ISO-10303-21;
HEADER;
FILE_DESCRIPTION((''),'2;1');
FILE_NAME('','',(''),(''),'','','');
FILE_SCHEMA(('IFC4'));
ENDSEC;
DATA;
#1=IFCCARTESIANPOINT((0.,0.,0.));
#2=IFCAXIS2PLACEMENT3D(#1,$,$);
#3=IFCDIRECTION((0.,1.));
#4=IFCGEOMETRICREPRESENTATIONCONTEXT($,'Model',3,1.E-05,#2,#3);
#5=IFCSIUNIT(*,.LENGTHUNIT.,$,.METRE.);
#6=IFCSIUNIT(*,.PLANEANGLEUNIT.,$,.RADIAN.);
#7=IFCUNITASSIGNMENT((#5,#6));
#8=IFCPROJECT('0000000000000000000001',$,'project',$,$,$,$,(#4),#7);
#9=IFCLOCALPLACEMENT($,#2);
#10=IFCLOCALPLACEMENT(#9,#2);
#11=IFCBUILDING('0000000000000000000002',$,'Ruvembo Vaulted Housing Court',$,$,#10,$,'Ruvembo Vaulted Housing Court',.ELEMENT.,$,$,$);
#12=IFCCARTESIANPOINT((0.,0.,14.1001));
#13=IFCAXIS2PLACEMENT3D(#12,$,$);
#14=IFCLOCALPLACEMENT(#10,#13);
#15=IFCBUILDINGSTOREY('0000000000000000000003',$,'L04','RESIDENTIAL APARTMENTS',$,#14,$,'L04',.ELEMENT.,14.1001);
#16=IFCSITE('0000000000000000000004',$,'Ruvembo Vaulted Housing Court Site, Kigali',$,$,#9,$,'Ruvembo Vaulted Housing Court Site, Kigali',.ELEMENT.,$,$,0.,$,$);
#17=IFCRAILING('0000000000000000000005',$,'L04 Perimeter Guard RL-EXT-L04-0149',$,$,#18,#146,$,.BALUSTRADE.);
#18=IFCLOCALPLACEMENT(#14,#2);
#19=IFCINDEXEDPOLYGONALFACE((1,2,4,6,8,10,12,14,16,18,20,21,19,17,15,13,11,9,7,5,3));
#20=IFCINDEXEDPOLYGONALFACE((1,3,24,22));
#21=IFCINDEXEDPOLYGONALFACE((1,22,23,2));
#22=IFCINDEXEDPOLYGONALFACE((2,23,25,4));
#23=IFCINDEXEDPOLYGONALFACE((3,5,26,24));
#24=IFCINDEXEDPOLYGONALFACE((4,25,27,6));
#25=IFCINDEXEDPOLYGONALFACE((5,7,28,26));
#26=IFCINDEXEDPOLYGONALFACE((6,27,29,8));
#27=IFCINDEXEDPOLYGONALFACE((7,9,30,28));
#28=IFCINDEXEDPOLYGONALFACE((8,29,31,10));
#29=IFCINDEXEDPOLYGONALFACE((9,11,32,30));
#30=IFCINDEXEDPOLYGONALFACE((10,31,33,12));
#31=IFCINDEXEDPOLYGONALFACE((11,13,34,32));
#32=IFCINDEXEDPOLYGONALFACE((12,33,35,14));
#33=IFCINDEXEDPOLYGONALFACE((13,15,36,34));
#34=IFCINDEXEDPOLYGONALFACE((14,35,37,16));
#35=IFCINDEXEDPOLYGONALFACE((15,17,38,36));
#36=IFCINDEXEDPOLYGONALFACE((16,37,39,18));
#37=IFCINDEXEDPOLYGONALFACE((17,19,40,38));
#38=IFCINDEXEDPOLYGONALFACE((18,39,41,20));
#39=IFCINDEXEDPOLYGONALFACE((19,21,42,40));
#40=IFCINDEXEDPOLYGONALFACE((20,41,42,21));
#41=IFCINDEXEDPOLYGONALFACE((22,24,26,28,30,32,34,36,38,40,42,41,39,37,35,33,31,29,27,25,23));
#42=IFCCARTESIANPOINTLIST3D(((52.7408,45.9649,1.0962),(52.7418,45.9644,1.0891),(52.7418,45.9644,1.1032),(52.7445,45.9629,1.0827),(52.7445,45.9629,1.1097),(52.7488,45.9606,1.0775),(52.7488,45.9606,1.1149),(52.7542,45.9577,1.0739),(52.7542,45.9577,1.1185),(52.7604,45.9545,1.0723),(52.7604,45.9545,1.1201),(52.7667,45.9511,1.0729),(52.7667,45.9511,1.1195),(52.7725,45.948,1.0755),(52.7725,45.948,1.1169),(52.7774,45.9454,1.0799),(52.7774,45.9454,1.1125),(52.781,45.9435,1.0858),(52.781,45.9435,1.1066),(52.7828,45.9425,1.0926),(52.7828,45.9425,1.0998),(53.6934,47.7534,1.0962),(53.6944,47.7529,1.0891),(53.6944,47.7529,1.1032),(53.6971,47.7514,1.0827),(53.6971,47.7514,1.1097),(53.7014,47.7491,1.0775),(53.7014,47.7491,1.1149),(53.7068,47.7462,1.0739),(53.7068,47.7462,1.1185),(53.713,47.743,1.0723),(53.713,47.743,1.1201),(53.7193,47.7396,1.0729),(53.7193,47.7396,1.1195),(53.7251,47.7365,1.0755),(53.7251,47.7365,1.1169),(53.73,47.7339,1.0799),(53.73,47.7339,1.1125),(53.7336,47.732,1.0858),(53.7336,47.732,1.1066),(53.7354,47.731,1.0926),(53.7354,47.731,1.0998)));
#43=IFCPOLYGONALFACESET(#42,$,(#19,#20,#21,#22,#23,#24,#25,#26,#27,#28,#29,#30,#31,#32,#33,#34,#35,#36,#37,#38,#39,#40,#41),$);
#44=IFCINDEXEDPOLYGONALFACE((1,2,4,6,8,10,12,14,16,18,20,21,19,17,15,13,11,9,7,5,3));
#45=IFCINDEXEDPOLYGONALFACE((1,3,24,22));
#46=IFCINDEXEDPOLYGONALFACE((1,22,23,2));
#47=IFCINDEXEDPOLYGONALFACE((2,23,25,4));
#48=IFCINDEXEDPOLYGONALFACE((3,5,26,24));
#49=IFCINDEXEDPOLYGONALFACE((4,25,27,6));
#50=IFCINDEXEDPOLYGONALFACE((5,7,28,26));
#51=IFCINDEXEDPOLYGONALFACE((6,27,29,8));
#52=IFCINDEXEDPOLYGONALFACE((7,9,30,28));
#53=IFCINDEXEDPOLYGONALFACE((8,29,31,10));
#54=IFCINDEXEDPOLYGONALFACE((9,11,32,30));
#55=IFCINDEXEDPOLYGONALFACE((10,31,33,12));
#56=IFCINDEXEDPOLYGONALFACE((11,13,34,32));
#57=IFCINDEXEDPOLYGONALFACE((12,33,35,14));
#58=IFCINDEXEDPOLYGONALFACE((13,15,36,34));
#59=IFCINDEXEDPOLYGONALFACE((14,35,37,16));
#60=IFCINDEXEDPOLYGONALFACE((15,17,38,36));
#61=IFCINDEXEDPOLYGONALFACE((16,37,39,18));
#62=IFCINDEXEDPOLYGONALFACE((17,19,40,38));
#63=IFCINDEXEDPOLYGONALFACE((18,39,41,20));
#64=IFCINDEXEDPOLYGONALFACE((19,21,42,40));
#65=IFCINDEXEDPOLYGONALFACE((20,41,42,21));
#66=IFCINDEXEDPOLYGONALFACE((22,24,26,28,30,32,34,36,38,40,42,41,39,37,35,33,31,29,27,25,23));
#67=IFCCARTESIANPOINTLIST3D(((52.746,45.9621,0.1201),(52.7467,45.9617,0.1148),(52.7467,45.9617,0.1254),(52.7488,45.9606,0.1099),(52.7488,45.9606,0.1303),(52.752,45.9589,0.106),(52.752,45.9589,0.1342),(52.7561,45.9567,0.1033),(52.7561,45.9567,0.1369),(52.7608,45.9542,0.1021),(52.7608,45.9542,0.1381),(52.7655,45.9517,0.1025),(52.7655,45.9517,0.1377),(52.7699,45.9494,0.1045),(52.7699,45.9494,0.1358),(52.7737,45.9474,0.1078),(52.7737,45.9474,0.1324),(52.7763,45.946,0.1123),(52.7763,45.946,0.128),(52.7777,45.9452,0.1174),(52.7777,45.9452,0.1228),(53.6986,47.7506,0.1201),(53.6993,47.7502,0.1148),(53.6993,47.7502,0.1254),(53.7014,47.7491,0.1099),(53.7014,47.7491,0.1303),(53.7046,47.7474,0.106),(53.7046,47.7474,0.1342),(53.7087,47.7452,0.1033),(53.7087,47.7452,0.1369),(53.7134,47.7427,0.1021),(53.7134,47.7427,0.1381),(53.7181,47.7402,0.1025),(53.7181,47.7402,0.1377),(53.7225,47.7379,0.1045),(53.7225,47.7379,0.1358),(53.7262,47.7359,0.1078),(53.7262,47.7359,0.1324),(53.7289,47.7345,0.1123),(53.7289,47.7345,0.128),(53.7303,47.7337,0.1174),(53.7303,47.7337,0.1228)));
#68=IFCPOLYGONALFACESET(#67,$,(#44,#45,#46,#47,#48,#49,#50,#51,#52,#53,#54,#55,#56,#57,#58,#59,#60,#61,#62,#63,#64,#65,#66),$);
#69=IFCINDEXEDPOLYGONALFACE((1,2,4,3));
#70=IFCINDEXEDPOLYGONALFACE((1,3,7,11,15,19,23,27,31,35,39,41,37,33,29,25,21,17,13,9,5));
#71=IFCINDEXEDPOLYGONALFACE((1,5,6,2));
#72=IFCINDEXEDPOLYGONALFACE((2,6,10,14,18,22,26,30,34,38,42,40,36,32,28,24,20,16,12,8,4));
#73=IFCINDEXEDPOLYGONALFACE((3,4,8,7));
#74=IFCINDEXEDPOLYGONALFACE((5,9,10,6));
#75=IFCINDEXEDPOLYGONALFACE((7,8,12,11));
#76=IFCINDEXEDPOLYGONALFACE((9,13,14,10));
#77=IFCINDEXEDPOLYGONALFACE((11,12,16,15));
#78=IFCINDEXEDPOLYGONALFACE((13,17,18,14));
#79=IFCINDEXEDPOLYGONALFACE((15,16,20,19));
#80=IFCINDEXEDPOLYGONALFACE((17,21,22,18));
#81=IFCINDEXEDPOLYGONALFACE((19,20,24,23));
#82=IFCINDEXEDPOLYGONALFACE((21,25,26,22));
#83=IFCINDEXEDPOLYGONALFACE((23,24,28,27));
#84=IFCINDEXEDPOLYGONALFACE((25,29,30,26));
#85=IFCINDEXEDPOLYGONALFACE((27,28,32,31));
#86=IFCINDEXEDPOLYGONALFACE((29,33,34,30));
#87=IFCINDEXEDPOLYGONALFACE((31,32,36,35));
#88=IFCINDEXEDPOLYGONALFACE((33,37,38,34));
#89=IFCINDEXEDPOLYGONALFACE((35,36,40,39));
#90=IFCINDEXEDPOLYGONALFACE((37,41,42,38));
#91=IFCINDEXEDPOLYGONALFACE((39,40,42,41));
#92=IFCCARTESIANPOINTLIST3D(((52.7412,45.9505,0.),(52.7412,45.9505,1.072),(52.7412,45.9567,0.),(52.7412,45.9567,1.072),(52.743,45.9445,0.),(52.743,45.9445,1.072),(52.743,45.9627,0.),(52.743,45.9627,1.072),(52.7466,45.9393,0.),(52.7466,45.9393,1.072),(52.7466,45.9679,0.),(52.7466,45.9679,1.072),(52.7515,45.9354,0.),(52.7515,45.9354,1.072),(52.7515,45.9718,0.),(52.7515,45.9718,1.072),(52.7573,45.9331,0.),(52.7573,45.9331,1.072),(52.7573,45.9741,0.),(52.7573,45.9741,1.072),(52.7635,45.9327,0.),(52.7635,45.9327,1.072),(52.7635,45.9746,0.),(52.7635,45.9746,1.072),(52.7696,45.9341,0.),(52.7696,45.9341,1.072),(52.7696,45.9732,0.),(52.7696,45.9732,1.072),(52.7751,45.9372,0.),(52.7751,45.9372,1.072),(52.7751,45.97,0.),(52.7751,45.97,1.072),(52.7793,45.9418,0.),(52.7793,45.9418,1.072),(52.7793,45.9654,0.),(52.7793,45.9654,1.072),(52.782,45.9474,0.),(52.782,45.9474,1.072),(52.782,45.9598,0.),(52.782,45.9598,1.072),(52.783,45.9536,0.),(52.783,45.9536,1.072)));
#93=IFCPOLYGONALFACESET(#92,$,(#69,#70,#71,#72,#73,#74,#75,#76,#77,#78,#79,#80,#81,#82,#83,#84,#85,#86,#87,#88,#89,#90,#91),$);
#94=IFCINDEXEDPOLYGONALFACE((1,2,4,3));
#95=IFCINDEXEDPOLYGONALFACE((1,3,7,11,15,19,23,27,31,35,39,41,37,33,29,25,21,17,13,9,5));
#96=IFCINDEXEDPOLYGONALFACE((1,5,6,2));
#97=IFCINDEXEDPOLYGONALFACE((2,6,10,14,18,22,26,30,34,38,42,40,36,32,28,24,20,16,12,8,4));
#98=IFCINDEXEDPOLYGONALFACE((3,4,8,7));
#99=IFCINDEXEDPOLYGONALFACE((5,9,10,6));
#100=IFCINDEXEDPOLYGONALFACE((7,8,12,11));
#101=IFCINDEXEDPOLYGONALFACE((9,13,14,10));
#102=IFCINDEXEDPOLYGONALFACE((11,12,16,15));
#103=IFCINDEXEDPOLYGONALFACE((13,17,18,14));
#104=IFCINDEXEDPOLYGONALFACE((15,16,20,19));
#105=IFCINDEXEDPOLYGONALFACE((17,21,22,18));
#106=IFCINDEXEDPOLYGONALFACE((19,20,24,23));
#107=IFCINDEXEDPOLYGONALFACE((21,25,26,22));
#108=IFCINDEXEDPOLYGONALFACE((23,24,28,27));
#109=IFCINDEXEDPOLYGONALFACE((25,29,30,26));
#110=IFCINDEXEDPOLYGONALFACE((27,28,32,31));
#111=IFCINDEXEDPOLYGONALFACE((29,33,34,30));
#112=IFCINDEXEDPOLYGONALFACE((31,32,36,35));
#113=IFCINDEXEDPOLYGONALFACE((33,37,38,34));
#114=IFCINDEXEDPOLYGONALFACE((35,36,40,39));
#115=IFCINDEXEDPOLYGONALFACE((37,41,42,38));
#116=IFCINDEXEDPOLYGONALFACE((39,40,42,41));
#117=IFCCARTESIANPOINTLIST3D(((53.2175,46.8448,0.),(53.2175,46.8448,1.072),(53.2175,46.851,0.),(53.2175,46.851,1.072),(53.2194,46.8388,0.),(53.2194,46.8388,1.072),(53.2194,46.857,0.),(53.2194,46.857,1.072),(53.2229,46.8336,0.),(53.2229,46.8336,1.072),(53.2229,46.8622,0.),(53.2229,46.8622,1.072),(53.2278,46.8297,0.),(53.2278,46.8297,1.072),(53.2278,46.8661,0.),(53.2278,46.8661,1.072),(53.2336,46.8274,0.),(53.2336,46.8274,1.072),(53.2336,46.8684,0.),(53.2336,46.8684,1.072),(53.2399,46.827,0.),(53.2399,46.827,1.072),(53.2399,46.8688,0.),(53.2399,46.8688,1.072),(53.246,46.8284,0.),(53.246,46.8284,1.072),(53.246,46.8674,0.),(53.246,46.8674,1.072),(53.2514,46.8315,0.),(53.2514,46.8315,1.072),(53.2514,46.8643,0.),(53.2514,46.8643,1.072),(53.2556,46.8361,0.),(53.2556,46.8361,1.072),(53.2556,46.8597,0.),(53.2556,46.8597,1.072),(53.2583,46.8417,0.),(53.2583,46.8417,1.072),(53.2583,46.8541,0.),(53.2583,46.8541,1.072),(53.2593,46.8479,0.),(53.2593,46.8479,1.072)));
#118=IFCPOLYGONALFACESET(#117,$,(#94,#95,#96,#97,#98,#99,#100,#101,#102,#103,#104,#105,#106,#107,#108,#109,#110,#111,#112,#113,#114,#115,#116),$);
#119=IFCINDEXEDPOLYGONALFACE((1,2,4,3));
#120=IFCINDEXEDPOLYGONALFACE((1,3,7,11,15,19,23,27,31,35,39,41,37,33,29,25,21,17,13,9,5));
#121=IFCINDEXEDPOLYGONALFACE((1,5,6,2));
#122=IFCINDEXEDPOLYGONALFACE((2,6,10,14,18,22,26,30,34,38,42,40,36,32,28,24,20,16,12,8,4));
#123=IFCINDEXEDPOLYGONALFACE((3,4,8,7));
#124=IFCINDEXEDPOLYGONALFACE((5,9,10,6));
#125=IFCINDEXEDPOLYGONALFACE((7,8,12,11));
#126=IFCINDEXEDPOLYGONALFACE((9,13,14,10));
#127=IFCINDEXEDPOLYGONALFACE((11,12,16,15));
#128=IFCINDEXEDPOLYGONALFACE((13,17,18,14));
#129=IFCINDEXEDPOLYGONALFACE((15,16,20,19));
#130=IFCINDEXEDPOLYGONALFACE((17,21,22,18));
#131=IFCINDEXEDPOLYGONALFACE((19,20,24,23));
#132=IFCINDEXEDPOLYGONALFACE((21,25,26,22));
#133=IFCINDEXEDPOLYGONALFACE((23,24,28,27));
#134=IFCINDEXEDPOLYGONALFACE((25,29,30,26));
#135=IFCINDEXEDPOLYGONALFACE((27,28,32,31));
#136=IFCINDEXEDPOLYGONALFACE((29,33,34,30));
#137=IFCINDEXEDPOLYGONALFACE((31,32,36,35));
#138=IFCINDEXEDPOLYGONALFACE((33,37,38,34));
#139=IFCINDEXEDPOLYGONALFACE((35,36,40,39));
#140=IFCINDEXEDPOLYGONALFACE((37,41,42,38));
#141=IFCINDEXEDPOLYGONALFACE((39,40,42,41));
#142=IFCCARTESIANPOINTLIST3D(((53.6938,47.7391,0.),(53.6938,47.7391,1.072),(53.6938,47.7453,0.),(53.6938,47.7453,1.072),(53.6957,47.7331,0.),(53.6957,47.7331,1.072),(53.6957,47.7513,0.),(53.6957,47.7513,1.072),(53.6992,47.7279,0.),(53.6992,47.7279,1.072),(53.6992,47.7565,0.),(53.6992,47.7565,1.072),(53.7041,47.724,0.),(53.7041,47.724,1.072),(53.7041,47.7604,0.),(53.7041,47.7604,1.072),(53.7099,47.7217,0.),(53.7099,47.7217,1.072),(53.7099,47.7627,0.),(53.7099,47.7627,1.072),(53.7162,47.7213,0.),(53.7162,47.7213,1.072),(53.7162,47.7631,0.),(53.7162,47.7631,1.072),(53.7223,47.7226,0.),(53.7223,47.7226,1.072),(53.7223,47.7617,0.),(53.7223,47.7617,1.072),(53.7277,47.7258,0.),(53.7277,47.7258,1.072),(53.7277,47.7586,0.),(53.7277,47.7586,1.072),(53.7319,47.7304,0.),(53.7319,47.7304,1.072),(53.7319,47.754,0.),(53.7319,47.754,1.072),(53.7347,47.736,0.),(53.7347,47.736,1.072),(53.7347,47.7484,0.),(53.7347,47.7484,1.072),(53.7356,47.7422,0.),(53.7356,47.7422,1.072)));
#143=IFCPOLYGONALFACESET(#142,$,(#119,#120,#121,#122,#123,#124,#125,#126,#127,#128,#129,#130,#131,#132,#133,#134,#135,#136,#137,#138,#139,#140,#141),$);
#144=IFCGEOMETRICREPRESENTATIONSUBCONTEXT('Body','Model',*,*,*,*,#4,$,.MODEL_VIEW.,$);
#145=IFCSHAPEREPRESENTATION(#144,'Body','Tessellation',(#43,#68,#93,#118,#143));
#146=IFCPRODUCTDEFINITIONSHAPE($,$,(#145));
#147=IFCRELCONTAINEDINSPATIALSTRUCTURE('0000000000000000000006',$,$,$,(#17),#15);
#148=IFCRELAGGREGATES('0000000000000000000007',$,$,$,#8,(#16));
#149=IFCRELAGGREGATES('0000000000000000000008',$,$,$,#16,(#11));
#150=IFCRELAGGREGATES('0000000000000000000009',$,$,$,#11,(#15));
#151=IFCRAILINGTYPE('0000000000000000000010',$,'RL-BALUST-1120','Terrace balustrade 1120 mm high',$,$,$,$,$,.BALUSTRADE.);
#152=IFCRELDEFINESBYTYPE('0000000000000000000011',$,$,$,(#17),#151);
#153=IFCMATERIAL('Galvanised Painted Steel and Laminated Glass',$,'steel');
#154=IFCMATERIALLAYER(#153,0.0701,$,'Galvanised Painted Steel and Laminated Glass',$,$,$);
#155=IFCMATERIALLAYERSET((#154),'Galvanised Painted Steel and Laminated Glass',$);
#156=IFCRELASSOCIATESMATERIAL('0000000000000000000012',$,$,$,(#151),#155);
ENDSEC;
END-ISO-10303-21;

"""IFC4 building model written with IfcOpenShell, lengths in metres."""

from ifc_helpers import new_model, si_unit, direction, frame, origin, origin_2d, place, context, subcontext, project, spatial, circle, extrude, material, layer, layer_set, type_object, element, save


model = new_model("IFC4")

# Units and contexts
model_context = context("Model", 3, precision=1e-05, world=origin(), true_north=direction((0.0, 1.0)))
body_context = subcontext(model_context, "Body", "Model", "MODEL_VIEW")
ifc_project = project(units=[si_unit("LENGTHUNIT", "METRE"), si_unit("PLANEANGLEUNIT", "RADIAN")], contexts=[model_context])

# Site, building, storey
site_placement = place(None, origin())
site = spatial("IfcSite", under=ifc_project, at=site_placement, Name="Ruvembo Vaulted Housing Court Site, Kigali", LongName="Ruvembo Vaulted Housing Court Site, Kigali", CompositionType="ELEMENT", RefElevation=0.0)
building_placement = place(site_placement, origin())
building = spatial("IfcBuilding", under=site, at=building_placement, Name="Ruvembo Vaulted Housing Court", LongName="Ruvembo Vaulted Housing Court", CompositionType="ELEMENT")
storey_placement = place(building_placement, frame((0.0, 0.0, 14.1001)))
storey = spatial("IfcBuildingStorey", under=building, at=storey_placement, Name="L04", Description="RESIDENTIAL APARTMENTS", LongName="L04", CompositionType="ELEMENT", Elevation=14.1001)

# Railing
ifc_material_1 = material(Name="Galvanised Painted Steel and Laminated Glass", Category="steel")
ifc_layer_1 = layer(ifc_material_1, 0.0701, Name="Galvanised Painted Steel and Laminated Glass")
ifc_layer_set_1 = layer_set([ifc_layer_1], Name="Galvanised Painted Steel and Laminated Glass")
railing_type = type_object("IfcRailingType", Name="RL-BALUST-1120", Description="Terrace balustrade 1120 mm high", PredefinedType="BALUSTRADE", material=ifc_layer_set_1)
railing_1_placement = place(storey_placement, frame((52.762, 45.9536, 0.0)))
element("IfcRailing", 1, at=railing_1_placement, inside=storey, type_object=railing_type, Name="L04 Perimeter Guard RL-EXT-L04-0149", PredefinedType="BALUSTRADE", context=body_context, shape_type="SweptSolid", body=[
    extrude(circle(Radius=0.0239, at=origin_2d()), frame((0.0, 0.0, 1.0962), z_axis=(0.4701, 0.882613, 0.0), x_axis=(-0.882613, 0.4701, 0.0)), (0.0, 0.0, 1.0), 2.0264),
    extrude(circle(Radius=0.0181, at=origin_2d()), frame((0.0, 0.0, 0.1201), z_axis=(0.4701, 0.882613, 0.0), x_axis=(-0.882613, 0.4701, 0.0)), (0.0, 0.0, 1.0), 2.0264),
    extrude(circle(Radius=0.021, at=origin_2d()), origin(), (0.0, 0.0, 1.0), 1.072),
    extrude(circle(Radius=0.021, at=origin_2d()), frame((0.4763, 0.8943, 0.0)), (0.0, 0.0, 1.0), 1.072),
    extrude(circle(Radius=0.021, at=origin_2d()), frame((0.9526, 1.7886, 0.0)), (0.0, 0.0, 1.0), 1.072),
])

save(model, "model.ifc")
